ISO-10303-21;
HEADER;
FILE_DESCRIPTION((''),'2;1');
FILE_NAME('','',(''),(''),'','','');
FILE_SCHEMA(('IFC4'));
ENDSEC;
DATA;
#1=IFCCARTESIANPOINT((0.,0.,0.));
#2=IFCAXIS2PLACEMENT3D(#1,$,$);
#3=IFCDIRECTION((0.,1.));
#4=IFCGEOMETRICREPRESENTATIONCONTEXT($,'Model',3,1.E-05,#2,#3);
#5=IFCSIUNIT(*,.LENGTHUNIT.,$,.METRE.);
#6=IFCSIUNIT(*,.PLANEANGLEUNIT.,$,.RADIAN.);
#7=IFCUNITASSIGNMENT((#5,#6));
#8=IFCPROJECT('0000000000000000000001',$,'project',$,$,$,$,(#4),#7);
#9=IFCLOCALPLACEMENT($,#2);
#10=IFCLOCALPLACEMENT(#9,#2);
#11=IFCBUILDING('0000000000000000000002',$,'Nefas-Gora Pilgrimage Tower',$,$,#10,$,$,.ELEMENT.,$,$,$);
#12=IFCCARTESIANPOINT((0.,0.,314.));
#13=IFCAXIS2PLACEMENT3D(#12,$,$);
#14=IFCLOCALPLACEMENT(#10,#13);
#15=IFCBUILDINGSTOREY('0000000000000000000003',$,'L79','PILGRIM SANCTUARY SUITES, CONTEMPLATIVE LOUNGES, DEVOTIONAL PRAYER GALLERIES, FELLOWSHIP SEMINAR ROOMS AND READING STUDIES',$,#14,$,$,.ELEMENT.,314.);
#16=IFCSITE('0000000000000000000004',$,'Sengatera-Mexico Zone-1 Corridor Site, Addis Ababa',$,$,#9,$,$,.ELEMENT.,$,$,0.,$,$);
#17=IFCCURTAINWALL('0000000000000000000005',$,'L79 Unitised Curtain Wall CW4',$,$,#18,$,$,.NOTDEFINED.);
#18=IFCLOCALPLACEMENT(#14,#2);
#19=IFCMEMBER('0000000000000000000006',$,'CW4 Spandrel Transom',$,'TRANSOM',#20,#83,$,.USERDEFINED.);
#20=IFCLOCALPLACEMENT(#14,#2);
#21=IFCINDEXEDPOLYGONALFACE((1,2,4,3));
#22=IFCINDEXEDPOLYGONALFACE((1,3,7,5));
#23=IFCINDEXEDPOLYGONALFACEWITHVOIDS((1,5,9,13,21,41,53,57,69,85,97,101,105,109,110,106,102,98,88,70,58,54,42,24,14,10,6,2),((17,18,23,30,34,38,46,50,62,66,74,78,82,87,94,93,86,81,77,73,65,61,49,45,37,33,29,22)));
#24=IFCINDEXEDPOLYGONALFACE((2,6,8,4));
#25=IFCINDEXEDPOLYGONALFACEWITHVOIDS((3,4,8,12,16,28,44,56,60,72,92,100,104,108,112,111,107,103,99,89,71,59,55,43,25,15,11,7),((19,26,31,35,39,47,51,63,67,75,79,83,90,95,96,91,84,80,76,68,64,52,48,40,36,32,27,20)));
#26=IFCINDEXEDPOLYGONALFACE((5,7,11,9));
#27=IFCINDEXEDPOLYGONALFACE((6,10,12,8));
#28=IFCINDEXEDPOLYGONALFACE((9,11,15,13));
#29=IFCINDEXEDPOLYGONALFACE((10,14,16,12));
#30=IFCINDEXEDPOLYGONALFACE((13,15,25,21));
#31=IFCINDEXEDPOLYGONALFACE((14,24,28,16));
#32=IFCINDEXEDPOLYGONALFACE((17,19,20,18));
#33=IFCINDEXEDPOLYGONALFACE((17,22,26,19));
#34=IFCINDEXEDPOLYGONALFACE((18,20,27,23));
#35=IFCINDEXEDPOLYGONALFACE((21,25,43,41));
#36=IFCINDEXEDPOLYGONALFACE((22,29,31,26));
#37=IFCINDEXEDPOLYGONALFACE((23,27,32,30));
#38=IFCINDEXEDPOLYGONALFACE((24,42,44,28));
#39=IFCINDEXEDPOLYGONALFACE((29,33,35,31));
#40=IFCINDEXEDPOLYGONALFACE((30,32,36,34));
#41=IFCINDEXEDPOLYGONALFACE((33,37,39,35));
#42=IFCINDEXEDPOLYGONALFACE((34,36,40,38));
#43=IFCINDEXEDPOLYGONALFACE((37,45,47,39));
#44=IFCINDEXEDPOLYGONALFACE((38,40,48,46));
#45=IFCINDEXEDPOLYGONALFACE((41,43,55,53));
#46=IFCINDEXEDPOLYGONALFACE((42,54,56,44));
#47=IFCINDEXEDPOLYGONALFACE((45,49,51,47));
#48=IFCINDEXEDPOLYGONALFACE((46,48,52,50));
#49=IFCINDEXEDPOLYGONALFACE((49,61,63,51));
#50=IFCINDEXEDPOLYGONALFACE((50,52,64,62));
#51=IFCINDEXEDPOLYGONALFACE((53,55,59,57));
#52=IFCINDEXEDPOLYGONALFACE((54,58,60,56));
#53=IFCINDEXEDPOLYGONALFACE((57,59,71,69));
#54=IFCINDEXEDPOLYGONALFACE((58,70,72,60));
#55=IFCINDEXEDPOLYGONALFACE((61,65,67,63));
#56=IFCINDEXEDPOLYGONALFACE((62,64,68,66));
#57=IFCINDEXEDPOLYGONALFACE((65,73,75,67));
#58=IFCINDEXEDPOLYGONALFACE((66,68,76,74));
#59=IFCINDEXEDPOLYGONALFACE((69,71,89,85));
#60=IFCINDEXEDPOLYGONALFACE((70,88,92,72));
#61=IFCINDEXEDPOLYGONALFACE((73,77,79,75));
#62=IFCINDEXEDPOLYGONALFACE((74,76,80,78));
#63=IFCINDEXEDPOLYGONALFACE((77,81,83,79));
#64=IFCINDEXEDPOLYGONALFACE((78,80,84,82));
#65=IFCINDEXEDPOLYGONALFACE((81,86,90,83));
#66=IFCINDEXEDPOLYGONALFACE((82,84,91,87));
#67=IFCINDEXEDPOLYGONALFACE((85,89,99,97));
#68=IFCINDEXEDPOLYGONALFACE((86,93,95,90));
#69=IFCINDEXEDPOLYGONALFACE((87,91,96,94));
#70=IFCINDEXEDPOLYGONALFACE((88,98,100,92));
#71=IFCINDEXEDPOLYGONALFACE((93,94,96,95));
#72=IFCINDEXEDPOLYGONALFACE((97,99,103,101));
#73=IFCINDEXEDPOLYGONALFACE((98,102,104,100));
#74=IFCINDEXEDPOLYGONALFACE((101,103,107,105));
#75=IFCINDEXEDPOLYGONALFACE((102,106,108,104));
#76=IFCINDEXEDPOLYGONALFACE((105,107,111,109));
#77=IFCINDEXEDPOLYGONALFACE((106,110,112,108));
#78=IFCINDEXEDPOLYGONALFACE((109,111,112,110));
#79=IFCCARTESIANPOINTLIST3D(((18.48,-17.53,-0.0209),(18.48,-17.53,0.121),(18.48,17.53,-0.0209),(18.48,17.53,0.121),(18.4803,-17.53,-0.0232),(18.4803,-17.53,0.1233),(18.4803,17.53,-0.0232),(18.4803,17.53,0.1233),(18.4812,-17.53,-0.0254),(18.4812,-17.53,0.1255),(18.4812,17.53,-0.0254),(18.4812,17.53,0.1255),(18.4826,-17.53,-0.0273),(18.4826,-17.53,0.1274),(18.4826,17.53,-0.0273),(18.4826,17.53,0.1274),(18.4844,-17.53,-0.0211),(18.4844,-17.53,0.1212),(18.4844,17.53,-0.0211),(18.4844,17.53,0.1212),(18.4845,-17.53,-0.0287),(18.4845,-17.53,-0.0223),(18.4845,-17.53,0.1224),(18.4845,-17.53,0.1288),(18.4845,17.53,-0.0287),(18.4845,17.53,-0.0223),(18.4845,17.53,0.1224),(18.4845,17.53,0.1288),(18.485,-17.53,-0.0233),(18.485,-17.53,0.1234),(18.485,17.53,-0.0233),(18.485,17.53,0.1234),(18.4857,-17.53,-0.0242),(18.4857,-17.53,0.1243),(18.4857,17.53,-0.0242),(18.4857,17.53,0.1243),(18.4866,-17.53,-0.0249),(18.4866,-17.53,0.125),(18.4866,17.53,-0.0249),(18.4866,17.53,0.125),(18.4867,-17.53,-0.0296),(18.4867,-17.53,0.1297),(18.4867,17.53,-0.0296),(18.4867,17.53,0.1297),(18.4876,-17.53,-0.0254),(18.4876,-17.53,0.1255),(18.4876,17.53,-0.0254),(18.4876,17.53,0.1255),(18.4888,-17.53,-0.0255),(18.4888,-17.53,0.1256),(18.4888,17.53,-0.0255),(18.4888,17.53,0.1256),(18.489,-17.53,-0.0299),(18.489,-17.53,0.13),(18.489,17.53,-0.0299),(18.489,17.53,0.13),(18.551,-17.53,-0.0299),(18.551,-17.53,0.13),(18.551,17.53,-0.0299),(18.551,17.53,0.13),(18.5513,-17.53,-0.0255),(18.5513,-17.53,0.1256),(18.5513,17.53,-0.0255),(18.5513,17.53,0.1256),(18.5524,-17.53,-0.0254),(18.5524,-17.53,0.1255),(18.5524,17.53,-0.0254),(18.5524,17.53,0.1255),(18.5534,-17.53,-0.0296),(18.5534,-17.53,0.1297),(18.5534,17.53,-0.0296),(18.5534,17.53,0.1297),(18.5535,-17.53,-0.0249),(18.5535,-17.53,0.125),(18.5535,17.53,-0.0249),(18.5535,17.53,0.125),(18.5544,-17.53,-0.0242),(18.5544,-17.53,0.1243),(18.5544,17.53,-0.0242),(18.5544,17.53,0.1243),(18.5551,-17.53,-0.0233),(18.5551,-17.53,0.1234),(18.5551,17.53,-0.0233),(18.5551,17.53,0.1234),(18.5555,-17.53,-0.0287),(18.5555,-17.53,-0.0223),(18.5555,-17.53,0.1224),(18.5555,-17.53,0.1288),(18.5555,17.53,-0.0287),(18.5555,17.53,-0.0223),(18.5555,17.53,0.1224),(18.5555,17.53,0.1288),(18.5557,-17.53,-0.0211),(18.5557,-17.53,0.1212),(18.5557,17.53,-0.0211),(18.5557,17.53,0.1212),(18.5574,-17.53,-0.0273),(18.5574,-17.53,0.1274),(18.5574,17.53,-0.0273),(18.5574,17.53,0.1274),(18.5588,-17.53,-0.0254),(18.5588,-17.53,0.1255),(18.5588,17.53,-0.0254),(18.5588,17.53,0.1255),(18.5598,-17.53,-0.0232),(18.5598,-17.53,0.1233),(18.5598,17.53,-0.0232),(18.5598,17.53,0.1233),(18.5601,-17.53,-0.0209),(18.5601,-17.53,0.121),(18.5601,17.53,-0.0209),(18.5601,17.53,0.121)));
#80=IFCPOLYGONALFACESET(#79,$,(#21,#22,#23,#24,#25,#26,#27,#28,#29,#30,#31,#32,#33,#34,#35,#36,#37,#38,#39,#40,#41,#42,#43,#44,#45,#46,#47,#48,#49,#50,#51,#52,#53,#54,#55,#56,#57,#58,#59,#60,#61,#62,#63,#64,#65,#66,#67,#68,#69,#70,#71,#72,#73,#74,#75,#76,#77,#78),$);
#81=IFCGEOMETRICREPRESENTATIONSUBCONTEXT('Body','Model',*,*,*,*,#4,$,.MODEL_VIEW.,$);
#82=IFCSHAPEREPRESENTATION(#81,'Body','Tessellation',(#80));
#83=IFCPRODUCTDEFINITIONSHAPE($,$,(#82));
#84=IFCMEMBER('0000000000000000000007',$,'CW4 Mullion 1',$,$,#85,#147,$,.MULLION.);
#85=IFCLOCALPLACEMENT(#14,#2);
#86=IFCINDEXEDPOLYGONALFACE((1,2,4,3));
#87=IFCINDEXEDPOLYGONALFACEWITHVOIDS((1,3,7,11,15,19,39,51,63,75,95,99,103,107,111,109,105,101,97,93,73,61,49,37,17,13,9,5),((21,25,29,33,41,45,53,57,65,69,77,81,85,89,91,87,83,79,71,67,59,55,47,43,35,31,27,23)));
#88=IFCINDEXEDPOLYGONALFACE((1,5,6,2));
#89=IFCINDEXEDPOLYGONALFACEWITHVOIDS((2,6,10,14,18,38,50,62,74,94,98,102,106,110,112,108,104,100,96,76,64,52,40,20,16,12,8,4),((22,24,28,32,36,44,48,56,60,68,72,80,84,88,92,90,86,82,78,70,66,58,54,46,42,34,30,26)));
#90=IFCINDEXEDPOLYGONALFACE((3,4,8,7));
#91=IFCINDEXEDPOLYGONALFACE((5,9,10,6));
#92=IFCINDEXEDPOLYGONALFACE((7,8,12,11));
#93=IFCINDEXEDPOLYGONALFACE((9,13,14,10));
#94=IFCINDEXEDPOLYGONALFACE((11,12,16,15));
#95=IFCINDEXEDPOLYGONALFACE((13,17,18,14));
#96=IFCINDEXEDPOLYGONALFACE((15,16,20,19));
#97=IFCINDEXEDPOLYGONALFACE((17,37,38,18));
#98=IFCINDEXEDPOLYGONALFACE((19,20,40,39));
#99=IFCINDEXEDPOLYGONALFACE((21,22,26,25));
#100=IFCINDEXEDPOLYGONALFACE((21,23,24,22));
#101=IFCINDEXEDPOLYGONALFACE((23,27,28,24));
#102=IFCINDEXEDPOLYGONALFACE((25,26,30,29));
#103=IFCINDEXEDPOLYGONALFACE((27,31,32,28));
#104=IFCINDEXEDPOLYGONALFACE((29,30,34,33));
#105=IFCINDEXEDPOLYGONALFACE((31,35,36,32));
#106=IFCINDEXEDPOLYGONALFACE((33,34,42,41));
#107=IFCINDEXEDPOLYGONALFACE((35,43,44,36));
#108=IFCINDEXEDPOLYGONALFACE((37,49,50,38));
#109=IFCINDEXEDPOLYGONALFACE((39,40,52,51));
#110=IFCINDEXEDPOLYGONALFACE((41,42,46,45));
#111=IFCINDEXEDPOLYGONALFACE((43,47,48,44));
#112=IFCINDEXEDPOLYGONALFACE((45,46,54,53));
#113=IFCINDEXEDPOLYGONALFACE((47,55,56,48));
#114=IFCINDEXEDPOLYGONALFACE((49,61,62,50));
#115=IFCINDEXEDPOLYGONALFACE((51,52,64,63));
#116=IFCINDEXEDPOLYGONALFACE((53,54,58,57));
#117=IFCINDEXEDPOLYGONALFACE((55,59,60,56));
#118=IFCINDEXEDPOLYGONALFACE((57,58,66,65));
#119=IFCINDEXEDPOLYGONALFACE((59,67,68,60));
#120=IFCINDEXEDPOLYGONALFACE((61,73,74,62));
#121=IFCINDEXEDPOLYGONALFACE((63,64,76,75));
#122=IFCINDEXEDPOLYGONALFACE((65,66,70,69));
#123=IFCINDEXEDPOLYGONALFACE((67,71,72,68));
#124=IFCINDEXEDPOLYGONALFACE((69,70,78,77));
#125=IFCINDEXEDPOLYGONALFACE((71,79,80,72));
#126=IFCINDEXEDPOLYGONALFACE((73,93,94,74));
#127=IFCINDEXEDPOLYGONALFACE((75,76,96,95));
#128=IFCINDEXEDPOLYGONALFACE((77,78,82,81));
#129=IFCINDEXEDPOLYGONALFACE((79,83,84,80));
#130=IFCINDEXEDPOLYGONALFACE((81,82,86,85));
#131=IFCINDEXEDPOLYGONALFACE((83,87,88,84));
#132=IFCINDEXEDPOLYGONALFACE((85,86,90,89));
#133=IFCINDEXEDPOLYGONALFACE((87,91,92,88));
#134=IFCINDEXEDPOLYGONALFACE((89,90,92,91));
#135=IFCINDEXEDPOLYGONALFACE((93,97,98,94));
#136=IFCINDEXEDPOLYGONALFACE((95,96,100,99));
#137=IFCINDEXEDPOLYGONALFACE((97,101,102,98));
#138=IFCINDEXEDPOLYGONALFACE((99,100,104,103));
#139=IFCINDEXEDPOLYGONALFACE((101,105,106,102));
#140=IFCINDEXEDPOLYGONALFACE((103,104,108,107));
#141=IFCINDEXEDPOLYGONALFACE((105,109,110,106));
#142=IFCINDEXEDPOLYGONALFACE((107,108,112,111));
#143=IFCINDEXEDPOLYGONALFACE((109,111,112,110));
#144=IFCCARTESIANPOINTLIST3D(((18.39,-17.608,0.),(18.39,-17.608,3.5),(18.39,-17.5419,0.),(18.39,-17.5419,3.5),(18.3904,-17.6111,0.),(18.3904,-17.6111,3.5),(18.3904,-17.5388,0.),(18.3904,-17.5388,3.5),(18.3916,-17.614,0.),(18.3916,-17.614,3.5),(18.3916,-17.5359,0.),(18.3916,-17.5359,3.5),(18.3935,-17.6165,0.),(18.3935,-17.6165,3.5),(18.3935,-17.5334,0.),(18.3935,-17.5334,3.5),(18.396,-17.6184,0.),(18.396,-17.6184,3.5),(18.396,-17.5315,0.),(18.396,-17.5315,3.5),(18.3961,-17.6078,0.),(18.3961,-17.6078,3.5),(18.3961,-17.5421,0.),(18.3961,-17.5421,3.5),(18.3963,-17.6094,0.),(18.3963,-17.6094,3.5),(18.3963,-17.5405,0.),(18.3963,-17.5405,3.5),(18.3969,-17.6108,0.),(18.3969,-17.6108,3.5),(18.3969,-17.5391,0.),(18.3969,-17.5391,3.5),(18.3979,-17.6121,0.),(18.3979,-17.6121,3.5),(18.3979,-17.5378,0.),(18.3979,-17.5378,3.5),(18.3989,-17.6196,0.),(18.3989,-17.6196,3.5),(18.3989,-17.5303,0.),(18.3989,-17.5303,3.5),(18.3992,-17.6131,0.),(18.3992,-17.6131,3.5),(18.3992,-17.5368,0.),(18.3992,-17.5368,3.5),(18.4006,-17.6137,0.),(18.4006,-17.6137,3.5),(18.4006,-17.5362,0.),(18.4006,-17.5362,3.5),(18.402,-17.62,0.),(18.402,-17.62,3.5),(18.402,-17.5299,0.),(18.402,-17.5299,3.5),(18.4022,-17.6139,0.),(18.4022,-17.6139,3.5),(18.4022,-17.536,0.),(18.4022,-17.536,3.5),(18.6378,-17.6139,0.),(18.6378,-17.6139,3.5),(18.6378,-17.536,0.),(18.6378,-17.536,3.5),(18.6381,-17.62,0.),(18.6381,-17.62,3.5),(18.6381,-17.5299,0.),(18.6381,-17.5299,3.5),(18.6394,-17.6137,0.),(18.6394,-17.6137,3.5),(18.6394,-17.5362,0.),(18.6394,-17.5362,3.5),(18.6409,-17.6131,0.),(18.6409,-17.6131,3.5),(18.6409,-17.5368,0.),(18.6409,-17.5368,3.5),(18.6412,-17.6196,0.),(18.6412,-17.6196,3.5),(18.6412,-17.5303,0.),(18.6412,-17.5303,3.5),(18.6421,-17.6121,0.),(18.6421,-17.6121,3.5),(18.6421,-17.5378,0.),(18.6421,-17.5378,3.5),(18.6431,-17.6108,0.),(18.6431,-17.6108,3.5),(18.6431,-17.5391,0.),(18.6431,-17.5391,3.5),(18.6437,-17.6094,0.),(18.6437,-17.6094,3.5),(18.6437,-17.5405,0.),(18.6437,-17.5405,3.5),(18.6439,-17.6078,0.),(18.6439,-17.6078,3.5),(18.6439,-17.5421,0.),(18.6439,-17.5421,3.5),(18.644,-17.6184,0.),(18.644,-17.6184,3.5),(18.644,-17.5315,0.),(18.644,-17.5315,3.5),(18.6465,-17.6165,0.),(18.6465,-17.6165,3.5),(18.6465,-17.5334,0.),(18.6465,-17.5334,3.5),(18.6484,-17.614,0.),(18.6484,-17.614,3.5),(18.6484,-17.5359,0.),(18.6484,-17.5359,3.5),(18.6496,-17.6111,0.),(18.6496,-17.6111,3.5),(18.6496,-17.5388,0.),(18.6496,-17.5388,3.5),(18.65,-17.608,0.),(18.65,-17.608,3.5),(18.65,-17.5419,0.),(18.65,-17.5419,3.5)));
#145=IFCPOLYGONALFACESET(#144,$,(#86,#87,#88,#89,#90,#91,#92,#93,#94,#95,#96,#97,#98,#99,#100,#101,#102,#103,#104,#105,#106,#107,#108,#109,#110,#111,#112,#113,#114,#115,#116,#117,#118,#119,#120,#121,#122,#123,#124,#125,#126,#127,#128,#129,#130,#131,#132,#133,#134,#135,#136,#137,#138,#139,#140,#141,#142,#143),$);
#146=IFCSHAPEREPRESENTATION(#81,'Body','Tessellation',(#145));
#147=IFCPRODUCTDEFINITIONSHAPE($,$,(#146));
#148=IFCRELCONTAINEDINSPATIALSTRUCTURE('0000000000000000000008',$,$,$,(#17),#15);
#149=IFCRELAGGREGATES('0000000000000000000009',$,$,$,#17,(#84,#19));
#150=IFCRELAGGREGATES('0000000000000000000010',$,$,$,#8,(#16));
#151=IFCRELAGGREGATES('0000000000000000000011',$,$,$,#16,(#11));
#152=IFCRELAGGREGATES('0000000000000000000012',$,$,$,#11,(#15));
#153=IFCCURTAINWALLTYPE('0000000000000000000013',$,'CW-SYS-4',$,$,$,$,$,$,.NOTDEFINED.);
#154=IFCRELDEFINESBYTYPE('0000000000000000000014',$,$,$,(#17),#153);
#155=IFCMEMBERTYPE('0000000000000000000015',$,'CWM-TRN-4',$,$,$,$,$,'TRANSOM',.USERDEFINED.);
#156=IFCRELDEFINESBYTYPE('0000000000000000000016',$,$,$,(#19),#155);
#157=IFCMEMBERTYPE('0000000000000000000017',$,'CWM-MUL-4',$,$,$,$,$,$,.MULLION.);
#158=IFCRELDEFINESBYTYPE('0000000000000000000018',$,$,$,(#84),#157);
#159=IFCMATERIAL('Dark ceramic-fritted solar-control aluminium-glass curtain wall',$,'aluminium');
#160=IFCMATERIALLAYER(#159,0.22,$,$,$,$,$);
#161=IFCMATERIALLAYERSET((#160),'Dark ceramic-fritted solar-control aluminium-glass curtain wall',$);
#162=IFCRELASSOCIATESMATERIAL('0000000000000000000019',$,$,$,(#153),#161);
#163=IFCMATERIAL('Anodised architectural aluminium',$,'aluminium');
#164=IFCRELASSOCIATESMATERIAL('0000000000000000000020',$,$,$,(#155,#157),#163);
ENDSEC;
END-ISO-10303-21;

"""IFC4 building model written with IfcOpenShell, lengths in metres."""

from ifc_helpers import new_model, si_unit, direction, frame, origin, origin_2d, place, context, subcontext, project, spatial, hollow_rectangle, extrude, source, transform, mapped, material, layer, layer_set, material_profile, profile_set, type_object, element, aggregate, save


model = new_model("IFC4")

# Units and contexts
model_context = context("Model", 3, precision=1e-05, world=origin(), true_north=direction((0.0, 1.0)))
body_context = subcontext(model_context, "Body", "Model", "MODEL_VIEW")
ifc_project = project(units=[si_unit("LENGTHUNIT", "METRE"), si_unit("PLANEANGLEUNIT", "RADIAN")], contexts=[model_context])

# Site, building, storey
site_placement = place(None, origin())
site = spatial("IfcSite", under=ifc_project, at=site_placement, Name="Sengatera-Mexico Zone-1 Corridor Site, Addis Ababa", CompositionType="ELEMENT", RefElevation=0.0)
building_placement = place(site_placement, origin())
building = spatial("IfcBuilding", under=site, at=building_placement, Name="Nefas-Gora Pilgrimage Tower", CompositionType="ELEMENT")
storey_placement = place(building_placement, frame((0.0, 0.0, 314.0)))
storey = spatial("IfcBuildingStorey", under=building, at=storey_placement, Name="L79", Description="PILGRIM SANCTUARY SUITES, CONTEMPLATIVE LOUNGES, DEVOTIONAL PRAYER GALLERIES, FELLOWSHIP SEMINAR ROOMS AND READING STUDIES", CompositionType="ELEMENT", Elevation=314.0)

# Curtain wall, members
ifc_material_1 = material(Name="Dark ceramic-fritted solar-control aluminium-glass curtain wall", Category="aluminium")
ifc_layer_1 = layer(ifc_material_1, 0.22)
ifc_layer_set_1 = layer_set([ifc_layer_1], Name="Dark ceramic-fritted solar-control aluminium-glass curtain wall")
curtain_wall_type = type_object("IfcCurtainWallType", Name="CW-SYS-4", PredefinedType="NOTDEFINED", material=ifc_layer_set_1)
curtain_wall_1_placement = place(storey_placement, origin())
curtain_wall_1 = element("IfcCurtainWall", 1, at=curtain_wall_1_placement, inside=storey, type_object=curtain_wall_type, Name="L79 Unitised Curtain Wall CW4", PredefinedType="NOTDEFINED")
ifc_material_2 = material(Name="Anodised architectural aluminium", Category="aluminium")
ifc_material_profile_1 = material_profile(ifc_material_2, hollow_rectangle(XDim=0.0801, YDim=0.1599, WallThickness=0.0044, InnerFilletRadius=0.0044, OuterFilletRadius=0.009, at=origin_2d()), Name="ALU TRANSOM 80x160")
ifc_profile_set_1 = profile_set([ifc_material_profile_1], Name="Anodised architectural aluminium")
member_type_1 = type_object("IfcMemberType", Name="CWM-TRN-4", ElementType="TRANSOM", PredefinedType="USERDEFINED", material=ifc_profile_set_1)
shared_shape_1 = source(origin(), body_context, "Body", "SweptSolid", [
    extrude(hollow_rectangle(XDim=0.0801, YDim=0.1599, WallThickness=0.0044, InnerFilletRadius=0.0044, OuterFilletRadius=0.009, at=origin_2d()), origin(), (0.0, 0.0, 1.0), 35.0601),
])
member_1_placement = place(storey_placement, frame((18.52, -17.53, 0.05), z_axis=(0.0, 1.0, 0.0), x_axis=(-1.0, 0.0, 0.0)))
member_1 = element("IfcMember", 2, at=member_1_placement, type_object=member_type_1, Name="CW4 Spandrel Transom", ObjectType="TRANSOM", PredefinedType="USERDEFINED", context=body_context, shape_type="MappedRepresentation", body=[
    mapped(shared_shape_1, transform((0.0, 0.0, 0.0), x_axis=(1.0, 0.0, 0.0), y_axis=(0.0, 1.0, 0.0), z_axis=(0.0, 0.0, 1.0), scale=1.0)),
])
ifc_material_profile_2 = material_profile(ifc_material_2, hollow_rectangle(XDim=0.0901, YDim=0.26, WallThickness=0.0061, InnerFilletRadius=0.0061, OuterFilletRadius=0.012, at=origin_2d()), Name="ALU MULLION 90x260")
ifc_profile_set_2 = profile_set([ifc_material_profile_2], Name="Anodised architectural aluminium")
member_type_2 = type_object("IfcMemberType", Name="CWM-MUL-4", PredefinedType="MULLION", material=ifc_profile_set_2)
shared_shape_2 = source(origin(), body_context, "Body", "SweptSolid", [
    extrude(hollow_rectangle(XDim=0.0901, YDim=0.26, WallThickness=0.0061, InnerFilletRadius=0.0061, OuterFilletRadius=0.012, at=origin_2d()), origin(), (0.0, 0.0, 1.0), 3.5),
])
member_2_placement = place(storey_placement, frame((18.52, -17.575, 0.0), z_axis=(0.0, 0.0, 1.0), x_axis=(0.0, 1.0, 0.0)))
member_2 = element("IfcMember", 3, at=member_2_placement, type_object=member_type_2, Name="CW4 Mullion 1", PredefinedType="MULLION", context=body_context, shape_type="MappedRepresentation", body=[
    mapped(shared_shape_2, transform((0.0, 0.0, 0.0), x_axis=(1.0, 0.0, 0.0), y_axis=(0.0, 1.0, 0.0), z_axis=(0.0, 0.0, 1.0), scale=1.0)),
])

aggregate(curtain_wall_1, [member_2, member_1])

save(model, "model.ifc")
